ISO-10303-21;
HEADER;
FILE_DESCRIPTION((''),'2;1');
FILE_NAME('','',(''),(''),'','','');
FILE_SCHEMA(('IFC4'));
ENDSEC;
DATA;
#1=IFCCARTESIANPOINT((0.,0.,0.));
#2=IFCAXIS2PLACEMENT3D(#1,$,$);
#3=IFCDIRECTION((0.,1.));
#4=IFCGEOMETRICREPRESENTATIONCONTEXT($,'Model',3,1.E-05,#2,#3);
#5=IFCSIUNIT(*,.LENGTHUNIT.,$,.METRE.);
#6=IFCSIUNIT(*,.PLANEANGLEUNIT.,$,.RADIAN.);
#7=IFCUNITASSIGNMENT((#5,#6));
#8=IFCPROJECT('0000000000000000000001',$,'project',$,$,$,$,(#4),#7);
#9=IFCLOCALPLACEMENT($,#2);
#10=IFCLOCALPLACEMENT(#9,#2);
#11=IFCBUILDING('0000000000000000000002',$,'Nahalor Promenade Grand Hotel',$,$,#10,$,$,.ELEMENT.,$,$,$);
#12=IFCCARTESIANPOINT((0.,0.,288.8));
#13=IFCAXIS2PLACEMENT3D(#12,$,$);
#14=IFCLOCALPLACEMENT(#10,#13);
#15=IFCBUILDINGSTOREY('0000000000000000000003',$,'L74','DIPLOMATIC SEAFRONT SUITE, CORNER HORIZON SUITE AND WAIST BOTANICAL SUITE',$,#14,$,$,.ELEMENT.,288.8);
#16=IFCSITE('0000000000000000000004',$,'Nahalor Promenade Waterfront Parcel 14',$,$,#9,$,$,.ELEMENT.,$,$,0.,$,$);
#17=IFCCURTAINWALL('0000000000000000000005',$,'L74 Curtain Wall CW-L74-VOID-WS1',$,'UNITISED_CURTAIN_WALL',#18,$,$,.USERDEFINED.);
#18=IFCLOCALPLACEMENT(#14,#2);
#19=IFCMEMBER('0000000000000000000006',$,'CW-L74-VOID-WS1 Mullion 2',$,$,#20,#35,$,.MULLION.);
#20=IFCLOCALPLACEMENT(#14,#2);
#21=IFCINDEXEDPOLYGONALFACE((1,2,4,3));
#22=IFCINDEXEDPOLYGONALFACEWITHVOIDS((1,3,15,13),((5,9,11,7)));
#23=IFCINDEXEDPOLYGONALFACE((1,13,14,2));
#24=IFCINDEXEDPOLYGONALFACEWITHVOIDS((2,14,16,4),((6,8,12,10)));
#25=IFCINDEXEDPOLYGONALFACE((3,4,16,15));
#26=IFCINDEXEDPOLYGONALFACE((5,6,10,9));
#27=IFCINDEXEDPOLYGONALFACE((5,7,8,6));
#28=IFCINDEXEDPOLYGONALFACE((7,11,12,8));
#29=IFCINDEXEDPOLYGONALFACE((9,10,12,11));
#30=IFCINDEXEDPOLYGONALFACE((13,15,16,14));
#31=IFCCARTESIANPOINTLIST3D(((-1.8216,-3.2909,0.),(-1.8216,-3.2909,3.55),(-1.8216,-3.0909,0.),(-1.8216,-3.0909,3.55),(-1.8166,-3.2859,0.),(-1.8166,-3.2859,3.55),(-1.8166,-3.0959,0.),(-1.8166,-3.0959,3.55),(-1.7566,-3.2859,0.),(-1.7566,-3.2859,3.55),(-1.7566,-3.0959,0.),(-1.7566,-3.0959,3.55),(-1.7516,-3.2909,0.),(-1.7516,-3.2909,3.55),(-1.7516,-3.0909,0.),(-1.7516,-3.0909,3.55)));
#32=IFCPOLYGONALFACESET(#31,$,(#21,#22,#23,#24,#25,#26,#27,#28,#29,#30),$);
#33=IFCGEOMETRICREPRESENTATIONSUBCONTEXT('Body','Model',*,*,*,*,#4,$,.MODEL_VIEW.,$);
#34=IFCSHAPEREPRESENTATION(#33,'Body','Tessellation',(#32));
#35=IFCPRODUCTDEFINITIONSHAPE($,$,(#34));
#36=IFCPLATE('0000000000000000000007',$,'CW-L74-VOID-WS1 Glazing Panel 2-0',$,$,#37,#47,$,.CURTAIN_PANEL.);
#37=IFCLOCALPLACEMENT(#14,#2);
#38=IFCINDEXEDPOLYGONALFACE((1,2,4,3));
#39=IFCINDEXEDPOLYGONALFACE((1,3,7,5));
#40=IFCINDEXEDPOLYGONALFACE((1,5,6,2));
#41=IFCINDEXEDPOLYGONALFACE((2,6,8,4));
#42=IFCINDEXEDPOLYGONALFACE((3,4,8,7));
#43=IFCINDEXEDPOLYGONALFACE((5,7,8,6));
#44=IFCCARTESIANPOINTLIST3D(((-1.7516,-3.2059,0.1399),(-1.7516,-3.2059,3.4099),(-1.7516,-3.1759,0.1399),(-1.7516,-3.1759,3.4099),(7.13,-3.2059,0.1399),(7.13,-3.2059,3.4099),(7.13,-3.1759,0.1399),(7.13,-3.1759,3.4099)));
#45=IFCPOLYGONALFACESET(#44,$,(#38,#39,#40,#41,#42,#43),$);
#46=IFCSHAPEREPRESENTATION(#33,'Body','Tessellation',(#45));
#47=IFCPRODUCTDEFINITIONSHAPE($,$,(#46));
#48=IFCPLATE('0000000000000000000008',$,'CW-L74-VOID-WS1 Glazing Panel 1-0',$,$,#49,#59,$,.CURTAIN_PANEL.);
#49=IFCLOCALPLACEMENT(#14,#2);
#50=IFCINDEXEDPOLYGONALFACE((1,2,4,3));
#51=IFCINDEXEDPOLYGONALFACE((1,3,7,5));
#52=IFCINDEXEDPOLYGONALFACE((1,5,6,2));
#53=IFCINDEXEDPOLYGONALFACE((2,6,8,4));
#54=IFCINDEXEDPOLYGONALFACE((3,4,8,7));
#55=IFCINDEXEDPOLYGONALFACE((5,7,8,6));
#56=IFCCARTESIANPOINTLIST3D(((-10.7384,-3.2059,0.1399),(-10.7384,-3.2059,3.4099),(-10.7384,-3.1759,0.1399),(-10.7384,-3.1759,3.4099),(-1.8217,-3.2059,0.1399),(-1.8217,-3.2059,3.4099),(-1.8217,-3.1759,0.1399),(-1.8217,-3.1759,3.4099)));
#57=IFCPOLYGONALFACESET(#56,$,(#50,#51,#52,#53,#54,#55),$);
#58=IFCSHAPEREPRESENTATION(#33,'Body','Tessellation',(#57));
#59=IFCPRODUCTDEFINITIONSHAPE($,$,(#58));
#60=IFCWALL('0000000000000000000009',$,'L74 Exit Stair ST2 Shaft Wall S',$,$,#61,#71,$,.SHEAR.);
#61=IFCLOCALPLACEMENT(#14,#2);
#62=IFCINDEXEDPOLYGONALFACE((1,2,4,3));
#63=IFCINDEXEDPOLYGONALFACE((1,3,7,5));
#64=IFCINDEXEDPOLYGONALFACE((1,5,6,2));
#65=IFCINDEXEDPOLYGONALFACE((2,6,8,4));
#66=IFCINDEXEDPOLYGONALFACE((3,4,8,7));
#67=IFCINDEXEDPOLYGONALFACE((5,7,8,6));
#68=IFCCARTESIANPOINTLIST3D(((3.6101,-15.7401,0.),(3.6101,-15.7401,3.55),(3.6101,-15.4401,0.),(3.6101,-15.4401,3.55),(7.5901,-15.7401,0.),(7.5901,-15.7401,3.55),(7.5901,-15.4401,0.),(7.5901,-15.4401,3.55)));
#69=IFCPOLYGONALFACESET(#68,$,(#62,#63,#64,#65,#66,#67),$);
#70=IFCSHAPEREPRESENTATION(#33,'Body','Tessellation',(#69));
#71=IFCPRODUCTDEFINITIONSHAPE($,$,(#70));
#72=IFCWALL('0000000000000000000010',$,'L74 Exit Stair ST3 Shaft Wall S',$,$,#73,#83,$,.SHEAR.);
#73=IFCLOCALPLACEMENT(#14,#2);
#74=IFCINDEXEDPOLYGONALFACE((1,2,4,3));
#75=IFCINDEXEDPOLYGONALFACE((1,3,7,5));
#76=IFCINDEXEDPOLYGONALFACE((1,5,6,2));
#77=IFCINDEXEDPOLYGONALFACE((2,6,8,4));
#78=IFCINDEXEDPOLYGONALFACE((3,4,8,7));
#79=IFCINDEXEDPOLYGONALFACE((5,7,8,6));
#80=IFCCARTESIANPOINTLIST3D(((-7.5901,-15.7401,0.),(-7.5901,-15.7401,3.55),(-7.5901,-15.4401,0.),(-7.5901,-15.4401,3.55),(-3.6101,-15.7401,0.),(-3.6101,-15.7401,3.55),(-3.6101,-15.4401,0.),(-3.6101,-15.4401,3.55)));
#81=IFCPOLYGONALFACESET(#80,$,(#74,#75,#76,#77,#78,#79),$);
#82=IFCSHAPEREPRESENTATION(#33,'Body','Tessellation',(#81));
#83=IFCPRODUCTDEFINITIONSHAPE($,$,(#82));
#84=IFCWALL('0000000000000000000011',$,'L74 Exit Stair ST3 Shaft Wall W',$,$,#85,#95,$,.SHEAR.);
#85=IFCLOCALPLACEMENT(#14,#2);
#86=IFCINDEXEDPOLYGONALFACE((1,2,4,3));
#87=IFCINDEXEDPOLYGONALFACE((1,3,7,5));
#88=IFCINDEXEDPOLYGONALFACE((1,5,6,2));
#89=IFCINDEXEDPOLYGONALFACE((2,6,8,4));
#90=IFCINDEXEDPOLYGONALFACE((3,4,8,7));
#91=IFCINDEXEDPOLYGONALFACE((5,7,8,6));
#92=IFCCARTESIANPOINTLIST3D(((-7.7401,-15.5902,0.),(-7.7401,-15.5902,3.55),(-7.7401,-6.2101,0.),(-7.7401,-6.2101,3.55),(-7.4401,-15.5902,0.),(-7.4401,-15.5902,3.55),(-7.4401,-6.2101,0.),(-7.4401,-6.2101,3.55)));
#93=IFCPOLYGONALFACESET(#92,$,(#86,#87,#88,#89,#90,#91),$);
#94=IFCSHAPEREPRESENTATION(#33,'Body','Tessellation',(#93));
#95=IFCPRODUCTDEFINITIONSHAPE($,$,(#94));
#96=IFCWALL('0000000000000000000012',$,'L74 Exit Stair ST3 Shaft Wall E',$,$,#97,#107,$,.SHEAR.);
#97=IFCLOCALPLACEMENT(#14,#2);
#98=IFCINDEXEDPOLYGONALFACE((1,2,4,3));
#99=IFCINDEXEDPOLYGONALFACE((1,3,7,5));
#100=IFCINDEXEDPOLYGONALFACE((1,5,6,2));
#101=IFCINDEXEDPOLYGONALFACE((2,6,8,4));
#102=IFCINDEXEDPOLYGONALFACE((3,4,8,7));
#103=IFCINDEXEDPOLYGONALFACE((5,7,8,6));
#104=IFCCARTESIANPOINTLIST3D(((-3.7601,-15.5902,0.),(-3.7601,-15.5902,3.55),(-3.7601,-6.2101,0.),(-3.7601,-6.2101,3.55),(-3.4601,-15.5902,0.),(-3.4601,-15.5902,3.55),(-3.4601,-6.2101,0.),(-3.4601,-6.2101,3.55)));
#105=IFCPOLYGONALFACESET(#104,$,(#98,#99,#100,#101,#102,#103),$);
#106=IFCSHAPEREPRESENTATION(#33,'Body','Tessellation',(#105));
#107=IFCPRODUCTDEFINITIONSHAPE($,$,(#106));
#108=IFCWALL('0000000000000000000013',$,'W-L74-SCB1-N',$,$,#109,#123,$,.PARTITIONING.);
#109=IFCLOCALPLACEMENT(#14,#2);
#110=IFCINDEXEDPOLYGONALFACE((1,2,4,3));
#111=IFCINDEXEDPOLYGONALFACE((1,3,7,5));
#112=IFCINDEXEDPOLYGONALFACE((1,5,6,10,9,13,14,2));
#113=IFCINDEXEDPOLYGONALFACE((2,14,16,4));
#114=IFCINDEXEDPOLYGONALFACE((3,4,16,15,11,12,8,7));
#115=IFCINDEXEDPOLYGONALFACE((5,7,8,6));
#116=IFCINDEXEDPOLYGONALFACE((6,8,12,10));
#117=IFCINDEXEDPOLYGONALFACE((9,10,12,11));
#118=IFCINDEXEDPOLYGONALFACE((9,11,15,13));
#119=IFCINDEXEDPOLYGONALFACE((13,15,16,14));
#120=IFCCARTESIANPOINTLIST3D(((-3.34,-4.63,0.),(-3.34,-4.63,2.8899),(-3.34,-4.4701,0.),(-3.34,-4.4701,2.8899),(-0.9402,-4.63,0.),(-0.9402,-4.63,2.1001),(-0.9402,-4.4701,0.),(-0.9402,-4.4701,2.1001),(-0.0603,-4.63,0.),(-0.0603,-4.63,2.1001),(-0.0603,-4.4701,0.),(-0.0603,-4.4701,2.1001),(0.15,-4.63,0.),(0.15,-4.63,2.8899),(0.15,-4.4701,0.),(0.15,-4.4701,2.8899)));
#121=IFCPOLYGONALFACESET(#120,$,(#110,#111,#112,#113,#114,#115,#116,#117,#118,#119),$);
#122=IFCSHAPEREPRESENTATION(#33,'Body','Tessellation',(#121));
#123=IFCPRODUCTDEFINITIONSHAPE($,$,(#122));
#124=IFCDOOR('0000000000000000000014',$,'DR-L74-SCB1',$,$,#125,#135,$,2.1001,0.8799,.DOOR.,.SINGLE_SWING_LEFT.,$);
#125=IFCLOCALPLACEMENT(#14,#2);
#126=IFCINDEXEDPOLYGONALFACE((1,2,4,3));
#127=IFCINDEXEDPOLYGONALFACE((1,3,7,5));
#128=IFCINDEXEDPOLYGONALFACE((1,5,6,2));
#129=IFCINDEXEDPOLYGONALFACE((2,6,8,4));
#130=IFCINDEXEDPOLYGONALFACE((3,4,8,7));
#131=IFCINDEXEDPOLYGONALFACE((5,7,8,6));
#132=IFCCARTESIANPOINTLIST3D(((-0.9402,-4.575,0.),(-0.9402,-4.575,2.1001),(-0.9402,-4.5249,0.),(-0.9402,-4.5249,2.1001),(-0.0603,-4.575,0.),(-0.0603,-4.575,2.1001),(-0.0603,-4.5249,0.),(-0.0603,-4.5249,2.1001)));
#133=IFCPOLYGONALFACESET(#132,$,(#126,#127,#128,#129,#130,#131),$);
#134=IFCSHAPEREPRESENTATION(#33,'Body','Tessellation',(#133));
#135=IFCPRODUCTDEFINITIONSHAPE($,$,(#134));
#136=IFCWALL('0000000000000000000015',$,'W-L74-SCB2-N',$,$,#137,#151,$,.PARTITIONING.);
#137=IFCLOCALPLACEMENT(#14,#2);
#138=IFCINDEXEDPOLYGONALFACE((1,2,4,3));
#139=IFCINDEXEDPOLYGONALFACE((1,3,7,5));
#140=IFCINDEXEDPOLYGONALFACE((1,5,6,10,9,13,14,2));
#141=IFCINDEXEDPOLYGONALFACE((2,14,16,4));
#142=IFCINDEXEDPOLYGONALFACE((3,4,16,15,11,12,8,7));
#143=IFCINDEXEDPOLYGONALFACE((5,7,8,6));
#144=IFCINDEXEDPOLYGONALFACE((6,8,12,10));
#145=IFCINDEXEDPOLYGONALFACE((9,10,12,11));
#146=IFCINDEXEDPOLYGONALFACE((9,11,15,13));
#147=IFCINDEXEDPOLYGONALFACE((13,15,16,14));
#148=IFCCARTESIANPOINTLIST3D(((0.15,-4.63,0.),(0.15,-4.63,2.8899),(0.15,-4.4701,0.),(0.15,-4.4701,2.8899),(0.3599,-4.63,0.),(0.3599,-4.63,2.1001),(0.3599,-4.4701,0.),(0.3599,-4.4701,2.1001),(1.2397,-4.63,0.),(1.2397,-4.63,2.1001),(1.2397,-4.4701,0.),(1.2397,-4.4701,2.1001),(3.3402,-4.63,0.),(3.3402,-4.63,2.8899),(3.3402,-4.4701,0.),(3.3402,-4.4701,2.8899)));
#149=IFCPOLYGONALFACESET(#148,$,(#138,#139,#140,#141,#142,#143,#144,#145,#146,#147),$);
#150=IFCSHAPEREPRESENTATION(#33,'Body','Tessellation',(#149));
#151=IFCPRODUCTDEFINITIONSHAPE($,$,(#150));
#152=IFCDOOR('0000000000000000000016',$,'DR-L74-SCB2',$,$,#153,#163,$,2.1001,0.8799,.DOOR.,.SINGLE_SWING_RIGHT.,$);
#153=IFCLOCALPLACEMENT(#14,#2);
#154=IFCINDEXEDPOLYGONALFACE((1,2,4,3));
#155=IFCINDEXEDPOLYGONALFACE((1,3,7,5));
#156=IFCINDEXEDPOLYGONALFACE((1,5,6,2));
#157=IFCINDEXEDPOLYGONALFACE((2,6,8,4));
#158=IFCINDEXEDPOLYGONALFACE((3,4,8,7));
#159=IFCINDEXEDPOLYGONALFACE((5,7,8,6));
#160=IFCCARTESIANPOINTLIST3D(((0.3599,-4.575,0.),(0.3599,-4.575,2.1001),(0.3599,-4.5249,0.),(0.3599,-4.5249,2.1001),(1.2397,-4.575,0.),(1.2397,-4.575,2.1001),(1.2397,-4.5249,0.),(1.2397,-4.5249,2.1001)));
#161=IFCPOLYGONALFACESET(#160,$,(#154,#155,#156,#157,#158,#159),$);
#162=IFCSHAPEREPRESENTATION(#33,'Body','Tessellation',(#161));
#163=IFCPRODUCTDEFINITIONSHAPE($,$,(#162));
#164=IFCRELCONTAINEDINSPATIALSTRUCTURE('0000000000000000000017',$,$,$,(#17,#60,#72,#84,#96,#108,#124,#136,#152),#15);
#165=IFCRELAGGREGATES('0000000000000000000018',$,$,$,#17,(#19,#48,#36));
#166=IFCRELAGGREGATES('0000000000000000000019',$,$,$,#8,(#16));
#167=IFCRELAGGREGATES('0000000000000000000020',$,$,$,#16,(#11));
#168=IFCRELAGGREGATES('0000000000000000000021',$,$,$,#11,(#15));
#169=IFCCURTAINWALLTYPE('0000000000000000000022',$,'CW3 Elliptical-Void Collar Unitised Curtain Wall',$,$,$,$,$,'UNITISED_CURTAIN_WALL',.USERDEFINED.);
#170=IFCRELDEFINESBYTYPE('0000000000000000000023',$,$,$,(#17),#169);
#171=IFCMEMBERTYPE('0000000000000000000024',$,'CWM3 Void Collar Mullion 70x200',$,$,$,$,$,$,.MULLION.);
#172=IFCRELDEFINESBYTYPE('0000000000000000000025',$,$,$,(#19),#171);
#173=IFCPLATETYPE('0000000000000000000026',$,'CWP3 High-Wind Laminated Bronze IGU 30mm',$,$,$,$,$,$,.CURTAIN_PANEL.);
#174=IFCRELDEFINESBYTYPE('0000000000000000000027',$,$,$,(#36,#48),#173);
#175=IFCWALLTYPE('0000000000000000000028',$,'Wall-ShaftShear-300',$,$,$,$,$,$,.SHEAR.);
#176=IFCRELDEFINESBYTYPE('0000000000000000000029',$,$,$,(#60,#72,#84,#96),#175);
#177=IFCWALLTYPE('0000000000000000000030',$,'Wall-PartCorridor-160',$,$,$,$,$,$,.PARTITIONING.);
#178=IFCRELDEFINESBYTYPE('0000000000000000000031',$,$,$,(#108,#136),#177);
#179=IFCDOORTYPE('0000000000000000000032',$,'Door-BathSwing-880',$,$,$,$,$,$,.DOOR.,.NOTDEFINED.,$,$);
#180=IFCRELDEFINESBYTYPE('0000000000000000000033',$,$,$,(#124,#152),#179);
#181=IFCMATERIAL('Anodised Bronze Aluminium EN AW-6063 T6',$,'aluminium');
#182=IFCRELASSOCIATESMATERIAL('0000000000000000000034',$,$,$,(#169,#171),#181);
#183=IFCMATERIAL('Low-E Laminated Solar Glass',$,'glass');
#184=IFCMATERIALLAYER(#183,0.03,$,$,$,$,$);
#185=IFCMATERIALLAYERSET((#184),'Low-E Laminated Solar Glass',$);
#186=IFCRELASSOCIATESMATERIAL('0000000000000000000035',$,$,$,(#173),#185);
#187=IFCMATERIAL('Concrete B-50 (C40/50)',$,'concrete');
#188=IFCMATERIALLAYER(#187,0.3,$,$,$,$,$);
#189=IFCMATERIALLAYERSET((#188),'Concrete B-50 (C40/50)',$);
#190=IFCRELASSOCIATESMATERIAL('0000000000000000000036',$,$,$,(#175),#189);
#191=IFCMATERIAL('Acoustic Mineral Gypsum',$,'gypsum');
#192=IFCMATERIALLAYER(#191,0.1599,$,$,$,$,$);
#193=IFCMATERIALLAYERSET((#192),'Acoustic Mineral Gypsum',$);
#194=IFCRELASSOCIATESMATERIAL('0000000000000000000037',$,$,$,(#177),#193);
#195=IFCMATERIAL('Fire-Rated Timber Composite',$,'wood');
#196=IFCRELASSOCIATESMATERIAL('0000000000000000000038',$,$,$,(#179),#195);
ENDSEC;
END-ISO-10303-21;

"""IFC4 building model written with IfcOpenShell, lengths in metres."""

from ifc_helpers import new_model, si_unit, direction, frame, frame_2d, origin, origin_2d, place, context, subcontext, project, spatial, rectangle, hollow_rectangle, extrude, source, transform, mapped, material, layer, layer_set, material_profile, profile_set, type_object, element, fill, aggregate, save


model = new_model("IFC4")

# Units and contexts
model_context = context("Model", 3, precision=1e-05, world=origin(), true_north=direction((0.0, 1.0)))
body_context = subcontext(model_context, "Body", "Model", "MODEL_VIEW")
ifc_project = project(units=[si_unit("LENGTHUNIT", "METRE"), si_unit("PLANEANGLEUNIT", "RADIAN")], contexts=[model_context])

# Site, building, storey
site_placement = place(None, origin())
site = spatial("IfcSite", under=ifc_project, at=site_placement, Name="Nahalor Promenade Waterfront Parcel 14", CompositionType="ELEMENT", RefElevation=0.0)
building_placement = place(site_placement, origin())
building = spatial("IfcBuilding", under=site, at=building_placement, Name="Nahalor Promenade Grand Hotel", CompositionType="ELEMENT")
storey_placement = place(building_placement, frame((0.0, 0.0, 288.8)))
storey = spatial("IfcBuildingStorey", under=building, at=storey_placement, Name="L74", Description="DIPLOMATIC SEAFRONT SUITE, CORNER HORIZON SUITE AND WAIST BOTANICAL SUITE", CompositionType="ELEMENT", Elevation=288.8)

# Shared definitions
ifc_material_1 = material(Name="Concrete B-50 (C40/50)", Category="concrete")

# Curtain wall, member, plates
ifc_material_2 = material(Name="Anodised Bronze Aluminium EN AW-6063 T6", Category="aluminium")
curtain_wall_type = type_object("IfcCurtainWallType", Name="CW3 Elliptical-Void Collar Unitised Curtain Wall", ElementType="UNITISED_CURTAIN_WALL", PredefinedType="USERDEFINED", material=ifc_material_2)
curtain_wall_placement = place(storey_placement, origin())
curtain_wall = element("IfcCurtainWall", 1, at=curtain_wall_placement, inside=storey, type_object=curtain_wall_type, Name="L74 Curtain Wall CW-L74-VOID-WS1", ObjectType="UNITISED_CURTAIN_WALL", PredefinedType="USERDEFINED")
ifc_material_profile_1 = material_profile(ifc_material_2, hollow_rectangle(XDim=0.07, YDim=0.2, WallThickness=0.005, at=origin_2d()), Name="CWM 70x200x5")
ifc_profile_set_1 = profile_set([ifc_material_profile_1], Name="Anodised Bronze Aluminium EN AW-6063 T6")
member_type_1 = type_object("IfcMemberType", Name="CWM3 Void Collar Mullion 70x200", PredefinedType="MULLION", material=ifc_profile_set_1)
shared_shape_1 = source(origin(), body_context, "Body", "SweptSolid", [
    extrude(hollow_rectangle(XDim=0.07, YDim=0.2, WallThickness=0.005, at=origin_2d()), origin(), (0.0, 0.0, 1.0), 3.55),
])
member_1_placement = place(storey_placement, frame((-1.7866, -3.1909, 0.0), z_axis=(0.0, 0.0, 1.0), x_axis=(1.0, 0.0, 0.0)))
member_1 = element("IfcMember", 2, at=member_1_placement, type_object=member_type_1, Name="CW-L74-VOID-WS1 Mullion 2", PredefinedType="MULLION", context=body_context, shape_type="MappedRepresentation", body=[
    mapped(shared_shape_1, transform((0.0, 0.0, 0.0), scale=1.0)),
])
ifc_material_3 = material(Name="Low-E Laminated Solar Glass", Category="glass")
ifc_layer_1 = layer(ifc_material_3, 0.03)
ifc_layer_set_1 = layer_set([ifc_layer_1], Name="Low-E Laminated Solar Glass")
plate_type = type_object("IfcPlateType", Name="CWP3 High-Wind Laminated Bronze IGU 30mm", PredefinedType="CURTAIN_PANEL", material=ifc_layer_set_1)
shared_shape_2 = source(origin(), body_context, "Body", "SweptSolid", [
    extrude(rectangle(XDim=8.8816, YDim=0.03, at=origin_2d()), origin(), (0.0, 0.0, 1.0), 3.27),
])
plate_1_placement = place(storey_placement, frame((2.6892, -3.1909, 0.1399), z_axis=(0.0, 0.0, 1.0), x_axis=(1.0, 0.0, 0.0)))
plate_1 = element("IfcPlate", 3, at=plate_1_placement, type_object=plate_type, Name="CW-L74-VOID-WS1 Glazing Panel 2-0", PredefinedType="CURTAIN_PANEL", context=body_context, shape_type="MappedRepresentation", body=[
    mapped(shared_shape_2, transform((0.0, 0.0, 0.0), scale=1.0)),
])
shared_shape_3 = source(origin(), body_context, "Body", "SweptSolid", [
    extrude(rectangle(XDim=8.9167, YDim=0.03, at=origin_2d()), origin(), (0.0, 0.0, 1.0), 3.27),
])
plate_2_placement = place(storey_placement, frame((-6.28, -3.1909, 0.1399), z_axis=(0.0, 0.0, 1.0), x_axis=(1.0, 0.0, 0.0)))
plate_2 = element("IfcPlate", 4, at=plate_2_placement, type_object=plate_type, Name="CW-L74-VOID-WS1 Glazing Panel 1-0", PredefinedType="CURTAIN_PANEL", context=body_context, shape_type="MappedRepresentation", body=[
    mapped(shared_shape_3, transform((0.0, 0.0, 0.0), scale=1.0)),
])
aggregate(curtain_wall, [member_1, plate_2, plate_1])

# Walls
ifc_layer_2 = layer(ifc_material_1, 0.3)
ifc_layer_set_2 = layer_set([ifc_layer_2], Name="Concrete B-50 (C40/50)")
wall_type_1 = type_object("IfcWallType", Name="Wall-ShaftShear-300", PredefinedType="SHEAR", material=ifc_layer_set_2)
shared_shape_4 = source(origin(), body_context, "Body", "SweptSolid", [
    extrude(rectangle(XDim=3.98, YDim=0.3, at=frame_2d((1.99, 0.0))), origin(), (0.0, 0.0, 1.0), 3.55),
])
for number, where, z_axis, x_axis, name in (
    (5, (3.6101, -15.5901, 0.0), (0.0, 0.0, 1.0), (1.0, 0.0, 0.0), "L74 Exit Stair ST2 Shaft Wall S"),
    (6, (-7.5901, -15.5901, 0.0), (0.0, 0.0, 1.0), (1.0, 0.0, 0.0), "L74 Exit Stair ST3 Shaft Wall S"),
):
    element("IfcWall", number, at=place(storey_placement, frame(where, z_axis=z_axis, x_axis=x_axis)), inside=storey, type_object=wall_type_1, Name=name, PredefinedType="SHEAR", context=body_context, shape_type="MappedRepresentation", body=[
        mapped(shared_shape_4, transform((0.0, 0.0, 0.0), scale=1.0)),
    ])

# Walls
shared_shape_5 = source(origin(), body_context, "Body", "SweptSolid", [
    extrude(rectangle(XDim=9.3801, YDim=0.3, at=frame_2d((4.6899, 0.0))), origin(), (0.0, 0.0, 1.0), 3.55),
])
for number, where, z_axis, x_axis, name in (
    (7, (-7.5901, -15.5901, 0.0), (0.0, 0.0, 1.0), (0.0, 1.0, 0.0), "L74 Exit Stair ST3 Shaft Wall W"),
    (8, (-3.6101, -15.5901, 0.0), (0.0, 0.0, 1.0), (0.0, 1.0, 0.0), "L74 Exit Stair ST3 Shaft Wall E"),
):
    element("IfcWall", number, at=place(storey_placement, frame(where, z_axis=z_axis, x_axis=x_axis)), inside=storey, type_object=wall_type_1, Name=name, PredefinedType="SHEAR", context=body_context, shape_type="MappedRepresentation", body=[
        mapped(shared_shape_5, transform((0.0, 0.0, 0.0), scale=1.0)),
    ])

# Walls, openings, doors
ifc_material_4 = material(Name="Acoustic Mineral Gypsum", Category="gypsum")
ifc_layer_3 = layer(ifc_material_4, 0.1599)
ifc_layer_set_3 = layer_set([ifc_layer_3], Name="Acoustic Mineral Gypsum")
wall_type_2 = type_object("IfcWallType", Name="Wall-PartCorridor-160", PredefinedType="PARTITIONING", material=ifc_layer_set_3)
shared_shape_6 = source(origin(), body_context, "Body", "SweptSolid", [
    extrude(rectangle(XDim=3.49, YDim=0.1599, at=frame_2d((1.7451, 0.0))), origin(), (0.0, 0.0, 1.0), 2.8899),
])
wall_1_placement = place(storey_placement, frame((-3.3401, -4.55, 0.0), z_axis=(0.0, 0.0, 1.0), x_axis=(1.0, 0.0, 0.0)))
wall_1 = element("IfcWall", 9, at=wall_1_placement, inside=storey, type_object=wall_type_2, Name="W-L74-SCB1-N", PredefinedType="PARTITIONING", context=body_context, shape_type="MappedRepresentation", body=[
    mapped(shared_shape_6, transform((0.0, 0.0, 0.0), scale=1.0)),
])
opening_1_placement = place(wall_1_placement, frame((2.3999, 0.0, 0.0)))
opening_1 = element("IfcOpeningElement", 10, at=opening_1_placement, cuts=wall_1, PredefinedType="OPENING", context=body_context, shape_type="SweptSolid", body=[
    extrude(rectangle(XDim=0.8799, YDim=2.1001, at=frame_2d((0.4399, 1.05))), frame((0.0, 0.0898, 0.0), z_axis=(0.0, -1.0, 0.0), x_axis=(1.0, 0.0, 0.0)), (0.0, 0.0, 1.0), 0.1799),
])
ifc_material_5 = material(Name="Fire-Rated Timber Composite", Category="wood")
door_type_1 = type_object("IfcDoorType", Name="Door-BathSwing-880", OperationType="NOTDEFINED", PredefinedType="DOOR", material=ifc_material_5)
shared_shape_7 = source(origin(), body_context, "Body", "SweptSolid", [
    extrude(rectangle(XDim=0.8799, YDim=2.1001, at=frame_2d((0.4399, 1.05))), frame((0.0, 0.0249, 0.0), z_axis=(0.0, -1.0, 0.0), x_axis=(1.0, 0.0, 0.0)), (0.0, 0.0, 1.0), 0.05),
])
door_1_placement = place(opening_1_placement, frame((0.8799, 0.0, 0.0), z_axis=(0.0, 0.0, 1.0), x_axis=(-1.0, 0.0, 0.0)))
door_1 = element("IfcDoor", 11, at=door_1_placement, inside=storey, type_object=door_type_1, Name="DR-L74-SCB1", OperationType="SINGLE_SWING_LEFT", OverallHeight=2.1001, OverallWidth=0.8799, PredefinedType="DOOR", context=body_context, shape_type="MappedRepresentation", body=[
    mapped(shared_shape_7, transform((0.0, 0.0, 0.0), scale=1.0)),
])
fill(opening_1, door_1)
shared_shape_8 = source(origin(), body_context, "Body", "SweptSolid", [
    extrude(rectangle(XDim=3.1902, YDim=0.1599, at=frame_2d((1.5952, 0.0))), origin(), (0.0, 0.0, 1.0), 2.8899),
])
wall_2_placement = place(storey_placement, frame((0.1499, -4.55, 0.0), z_axis=(0.0, 0.0, 1.0), x_axis=(1.0, 0.0, 0.0)))
wall_2 = element("IfcWall", 12, at=wall_2_placement, inside=storey, type_object=wall_type_2, Name="W-L74-SCB2-N", PredefinedType="PARTITIONING", context=body_context, shape_type="MappedRepresentation", body=[
    mapped(shared_shape_8, transform((0.0, 0.0, 0.0), scale=1.0)),
])
opening_2_placement = place(wall_2_placement, frame((0.21, 0.0, 0.0)))
opening_2 = element("IfcOpeningElement", 13, at=opening_2_placement, cuts=wall_2, PredefinedType="OPENING", context=body_context, shape_type="SweptSolid", body=[
    extrude(rectangle(XDim=0.8799, YDim=2.1001, at=frame_2d((0.4399, 1.05))), frame((0.0, 0.0898, 0.0), z_axis=(0.0, -1.0, 0.0), x_axis=(1.0, 0.0, 0.0)), (0.0, 0.0, 1.0), 0.1799),
])
door_2_placement = place(opening_2_placement, frame((0.8799, 0.0, 0.0), z_axis=(0.0, 0.0, 1.0), x_axis=(-1.0, 0.0, 0.0)))
door_2 = element("IfcDoor", 14, at=door_2_placement, inside=storey, type_object=door_type_1, Name="DR-L74-SCB2", OperationType="SINGLE_SWING_RIGHT", OverallHeight=2.1001, OverallWidth=0.8799, PredefinedType="DOOR", context=body_context, shape_type="MappedRepresentation", body=[
    mapped(shared_shape_7, transform((0.0, 0.0, 0.0), scale=1.0)),
])
fill(opening_2, door_2)

save(model, "model.ifc")
